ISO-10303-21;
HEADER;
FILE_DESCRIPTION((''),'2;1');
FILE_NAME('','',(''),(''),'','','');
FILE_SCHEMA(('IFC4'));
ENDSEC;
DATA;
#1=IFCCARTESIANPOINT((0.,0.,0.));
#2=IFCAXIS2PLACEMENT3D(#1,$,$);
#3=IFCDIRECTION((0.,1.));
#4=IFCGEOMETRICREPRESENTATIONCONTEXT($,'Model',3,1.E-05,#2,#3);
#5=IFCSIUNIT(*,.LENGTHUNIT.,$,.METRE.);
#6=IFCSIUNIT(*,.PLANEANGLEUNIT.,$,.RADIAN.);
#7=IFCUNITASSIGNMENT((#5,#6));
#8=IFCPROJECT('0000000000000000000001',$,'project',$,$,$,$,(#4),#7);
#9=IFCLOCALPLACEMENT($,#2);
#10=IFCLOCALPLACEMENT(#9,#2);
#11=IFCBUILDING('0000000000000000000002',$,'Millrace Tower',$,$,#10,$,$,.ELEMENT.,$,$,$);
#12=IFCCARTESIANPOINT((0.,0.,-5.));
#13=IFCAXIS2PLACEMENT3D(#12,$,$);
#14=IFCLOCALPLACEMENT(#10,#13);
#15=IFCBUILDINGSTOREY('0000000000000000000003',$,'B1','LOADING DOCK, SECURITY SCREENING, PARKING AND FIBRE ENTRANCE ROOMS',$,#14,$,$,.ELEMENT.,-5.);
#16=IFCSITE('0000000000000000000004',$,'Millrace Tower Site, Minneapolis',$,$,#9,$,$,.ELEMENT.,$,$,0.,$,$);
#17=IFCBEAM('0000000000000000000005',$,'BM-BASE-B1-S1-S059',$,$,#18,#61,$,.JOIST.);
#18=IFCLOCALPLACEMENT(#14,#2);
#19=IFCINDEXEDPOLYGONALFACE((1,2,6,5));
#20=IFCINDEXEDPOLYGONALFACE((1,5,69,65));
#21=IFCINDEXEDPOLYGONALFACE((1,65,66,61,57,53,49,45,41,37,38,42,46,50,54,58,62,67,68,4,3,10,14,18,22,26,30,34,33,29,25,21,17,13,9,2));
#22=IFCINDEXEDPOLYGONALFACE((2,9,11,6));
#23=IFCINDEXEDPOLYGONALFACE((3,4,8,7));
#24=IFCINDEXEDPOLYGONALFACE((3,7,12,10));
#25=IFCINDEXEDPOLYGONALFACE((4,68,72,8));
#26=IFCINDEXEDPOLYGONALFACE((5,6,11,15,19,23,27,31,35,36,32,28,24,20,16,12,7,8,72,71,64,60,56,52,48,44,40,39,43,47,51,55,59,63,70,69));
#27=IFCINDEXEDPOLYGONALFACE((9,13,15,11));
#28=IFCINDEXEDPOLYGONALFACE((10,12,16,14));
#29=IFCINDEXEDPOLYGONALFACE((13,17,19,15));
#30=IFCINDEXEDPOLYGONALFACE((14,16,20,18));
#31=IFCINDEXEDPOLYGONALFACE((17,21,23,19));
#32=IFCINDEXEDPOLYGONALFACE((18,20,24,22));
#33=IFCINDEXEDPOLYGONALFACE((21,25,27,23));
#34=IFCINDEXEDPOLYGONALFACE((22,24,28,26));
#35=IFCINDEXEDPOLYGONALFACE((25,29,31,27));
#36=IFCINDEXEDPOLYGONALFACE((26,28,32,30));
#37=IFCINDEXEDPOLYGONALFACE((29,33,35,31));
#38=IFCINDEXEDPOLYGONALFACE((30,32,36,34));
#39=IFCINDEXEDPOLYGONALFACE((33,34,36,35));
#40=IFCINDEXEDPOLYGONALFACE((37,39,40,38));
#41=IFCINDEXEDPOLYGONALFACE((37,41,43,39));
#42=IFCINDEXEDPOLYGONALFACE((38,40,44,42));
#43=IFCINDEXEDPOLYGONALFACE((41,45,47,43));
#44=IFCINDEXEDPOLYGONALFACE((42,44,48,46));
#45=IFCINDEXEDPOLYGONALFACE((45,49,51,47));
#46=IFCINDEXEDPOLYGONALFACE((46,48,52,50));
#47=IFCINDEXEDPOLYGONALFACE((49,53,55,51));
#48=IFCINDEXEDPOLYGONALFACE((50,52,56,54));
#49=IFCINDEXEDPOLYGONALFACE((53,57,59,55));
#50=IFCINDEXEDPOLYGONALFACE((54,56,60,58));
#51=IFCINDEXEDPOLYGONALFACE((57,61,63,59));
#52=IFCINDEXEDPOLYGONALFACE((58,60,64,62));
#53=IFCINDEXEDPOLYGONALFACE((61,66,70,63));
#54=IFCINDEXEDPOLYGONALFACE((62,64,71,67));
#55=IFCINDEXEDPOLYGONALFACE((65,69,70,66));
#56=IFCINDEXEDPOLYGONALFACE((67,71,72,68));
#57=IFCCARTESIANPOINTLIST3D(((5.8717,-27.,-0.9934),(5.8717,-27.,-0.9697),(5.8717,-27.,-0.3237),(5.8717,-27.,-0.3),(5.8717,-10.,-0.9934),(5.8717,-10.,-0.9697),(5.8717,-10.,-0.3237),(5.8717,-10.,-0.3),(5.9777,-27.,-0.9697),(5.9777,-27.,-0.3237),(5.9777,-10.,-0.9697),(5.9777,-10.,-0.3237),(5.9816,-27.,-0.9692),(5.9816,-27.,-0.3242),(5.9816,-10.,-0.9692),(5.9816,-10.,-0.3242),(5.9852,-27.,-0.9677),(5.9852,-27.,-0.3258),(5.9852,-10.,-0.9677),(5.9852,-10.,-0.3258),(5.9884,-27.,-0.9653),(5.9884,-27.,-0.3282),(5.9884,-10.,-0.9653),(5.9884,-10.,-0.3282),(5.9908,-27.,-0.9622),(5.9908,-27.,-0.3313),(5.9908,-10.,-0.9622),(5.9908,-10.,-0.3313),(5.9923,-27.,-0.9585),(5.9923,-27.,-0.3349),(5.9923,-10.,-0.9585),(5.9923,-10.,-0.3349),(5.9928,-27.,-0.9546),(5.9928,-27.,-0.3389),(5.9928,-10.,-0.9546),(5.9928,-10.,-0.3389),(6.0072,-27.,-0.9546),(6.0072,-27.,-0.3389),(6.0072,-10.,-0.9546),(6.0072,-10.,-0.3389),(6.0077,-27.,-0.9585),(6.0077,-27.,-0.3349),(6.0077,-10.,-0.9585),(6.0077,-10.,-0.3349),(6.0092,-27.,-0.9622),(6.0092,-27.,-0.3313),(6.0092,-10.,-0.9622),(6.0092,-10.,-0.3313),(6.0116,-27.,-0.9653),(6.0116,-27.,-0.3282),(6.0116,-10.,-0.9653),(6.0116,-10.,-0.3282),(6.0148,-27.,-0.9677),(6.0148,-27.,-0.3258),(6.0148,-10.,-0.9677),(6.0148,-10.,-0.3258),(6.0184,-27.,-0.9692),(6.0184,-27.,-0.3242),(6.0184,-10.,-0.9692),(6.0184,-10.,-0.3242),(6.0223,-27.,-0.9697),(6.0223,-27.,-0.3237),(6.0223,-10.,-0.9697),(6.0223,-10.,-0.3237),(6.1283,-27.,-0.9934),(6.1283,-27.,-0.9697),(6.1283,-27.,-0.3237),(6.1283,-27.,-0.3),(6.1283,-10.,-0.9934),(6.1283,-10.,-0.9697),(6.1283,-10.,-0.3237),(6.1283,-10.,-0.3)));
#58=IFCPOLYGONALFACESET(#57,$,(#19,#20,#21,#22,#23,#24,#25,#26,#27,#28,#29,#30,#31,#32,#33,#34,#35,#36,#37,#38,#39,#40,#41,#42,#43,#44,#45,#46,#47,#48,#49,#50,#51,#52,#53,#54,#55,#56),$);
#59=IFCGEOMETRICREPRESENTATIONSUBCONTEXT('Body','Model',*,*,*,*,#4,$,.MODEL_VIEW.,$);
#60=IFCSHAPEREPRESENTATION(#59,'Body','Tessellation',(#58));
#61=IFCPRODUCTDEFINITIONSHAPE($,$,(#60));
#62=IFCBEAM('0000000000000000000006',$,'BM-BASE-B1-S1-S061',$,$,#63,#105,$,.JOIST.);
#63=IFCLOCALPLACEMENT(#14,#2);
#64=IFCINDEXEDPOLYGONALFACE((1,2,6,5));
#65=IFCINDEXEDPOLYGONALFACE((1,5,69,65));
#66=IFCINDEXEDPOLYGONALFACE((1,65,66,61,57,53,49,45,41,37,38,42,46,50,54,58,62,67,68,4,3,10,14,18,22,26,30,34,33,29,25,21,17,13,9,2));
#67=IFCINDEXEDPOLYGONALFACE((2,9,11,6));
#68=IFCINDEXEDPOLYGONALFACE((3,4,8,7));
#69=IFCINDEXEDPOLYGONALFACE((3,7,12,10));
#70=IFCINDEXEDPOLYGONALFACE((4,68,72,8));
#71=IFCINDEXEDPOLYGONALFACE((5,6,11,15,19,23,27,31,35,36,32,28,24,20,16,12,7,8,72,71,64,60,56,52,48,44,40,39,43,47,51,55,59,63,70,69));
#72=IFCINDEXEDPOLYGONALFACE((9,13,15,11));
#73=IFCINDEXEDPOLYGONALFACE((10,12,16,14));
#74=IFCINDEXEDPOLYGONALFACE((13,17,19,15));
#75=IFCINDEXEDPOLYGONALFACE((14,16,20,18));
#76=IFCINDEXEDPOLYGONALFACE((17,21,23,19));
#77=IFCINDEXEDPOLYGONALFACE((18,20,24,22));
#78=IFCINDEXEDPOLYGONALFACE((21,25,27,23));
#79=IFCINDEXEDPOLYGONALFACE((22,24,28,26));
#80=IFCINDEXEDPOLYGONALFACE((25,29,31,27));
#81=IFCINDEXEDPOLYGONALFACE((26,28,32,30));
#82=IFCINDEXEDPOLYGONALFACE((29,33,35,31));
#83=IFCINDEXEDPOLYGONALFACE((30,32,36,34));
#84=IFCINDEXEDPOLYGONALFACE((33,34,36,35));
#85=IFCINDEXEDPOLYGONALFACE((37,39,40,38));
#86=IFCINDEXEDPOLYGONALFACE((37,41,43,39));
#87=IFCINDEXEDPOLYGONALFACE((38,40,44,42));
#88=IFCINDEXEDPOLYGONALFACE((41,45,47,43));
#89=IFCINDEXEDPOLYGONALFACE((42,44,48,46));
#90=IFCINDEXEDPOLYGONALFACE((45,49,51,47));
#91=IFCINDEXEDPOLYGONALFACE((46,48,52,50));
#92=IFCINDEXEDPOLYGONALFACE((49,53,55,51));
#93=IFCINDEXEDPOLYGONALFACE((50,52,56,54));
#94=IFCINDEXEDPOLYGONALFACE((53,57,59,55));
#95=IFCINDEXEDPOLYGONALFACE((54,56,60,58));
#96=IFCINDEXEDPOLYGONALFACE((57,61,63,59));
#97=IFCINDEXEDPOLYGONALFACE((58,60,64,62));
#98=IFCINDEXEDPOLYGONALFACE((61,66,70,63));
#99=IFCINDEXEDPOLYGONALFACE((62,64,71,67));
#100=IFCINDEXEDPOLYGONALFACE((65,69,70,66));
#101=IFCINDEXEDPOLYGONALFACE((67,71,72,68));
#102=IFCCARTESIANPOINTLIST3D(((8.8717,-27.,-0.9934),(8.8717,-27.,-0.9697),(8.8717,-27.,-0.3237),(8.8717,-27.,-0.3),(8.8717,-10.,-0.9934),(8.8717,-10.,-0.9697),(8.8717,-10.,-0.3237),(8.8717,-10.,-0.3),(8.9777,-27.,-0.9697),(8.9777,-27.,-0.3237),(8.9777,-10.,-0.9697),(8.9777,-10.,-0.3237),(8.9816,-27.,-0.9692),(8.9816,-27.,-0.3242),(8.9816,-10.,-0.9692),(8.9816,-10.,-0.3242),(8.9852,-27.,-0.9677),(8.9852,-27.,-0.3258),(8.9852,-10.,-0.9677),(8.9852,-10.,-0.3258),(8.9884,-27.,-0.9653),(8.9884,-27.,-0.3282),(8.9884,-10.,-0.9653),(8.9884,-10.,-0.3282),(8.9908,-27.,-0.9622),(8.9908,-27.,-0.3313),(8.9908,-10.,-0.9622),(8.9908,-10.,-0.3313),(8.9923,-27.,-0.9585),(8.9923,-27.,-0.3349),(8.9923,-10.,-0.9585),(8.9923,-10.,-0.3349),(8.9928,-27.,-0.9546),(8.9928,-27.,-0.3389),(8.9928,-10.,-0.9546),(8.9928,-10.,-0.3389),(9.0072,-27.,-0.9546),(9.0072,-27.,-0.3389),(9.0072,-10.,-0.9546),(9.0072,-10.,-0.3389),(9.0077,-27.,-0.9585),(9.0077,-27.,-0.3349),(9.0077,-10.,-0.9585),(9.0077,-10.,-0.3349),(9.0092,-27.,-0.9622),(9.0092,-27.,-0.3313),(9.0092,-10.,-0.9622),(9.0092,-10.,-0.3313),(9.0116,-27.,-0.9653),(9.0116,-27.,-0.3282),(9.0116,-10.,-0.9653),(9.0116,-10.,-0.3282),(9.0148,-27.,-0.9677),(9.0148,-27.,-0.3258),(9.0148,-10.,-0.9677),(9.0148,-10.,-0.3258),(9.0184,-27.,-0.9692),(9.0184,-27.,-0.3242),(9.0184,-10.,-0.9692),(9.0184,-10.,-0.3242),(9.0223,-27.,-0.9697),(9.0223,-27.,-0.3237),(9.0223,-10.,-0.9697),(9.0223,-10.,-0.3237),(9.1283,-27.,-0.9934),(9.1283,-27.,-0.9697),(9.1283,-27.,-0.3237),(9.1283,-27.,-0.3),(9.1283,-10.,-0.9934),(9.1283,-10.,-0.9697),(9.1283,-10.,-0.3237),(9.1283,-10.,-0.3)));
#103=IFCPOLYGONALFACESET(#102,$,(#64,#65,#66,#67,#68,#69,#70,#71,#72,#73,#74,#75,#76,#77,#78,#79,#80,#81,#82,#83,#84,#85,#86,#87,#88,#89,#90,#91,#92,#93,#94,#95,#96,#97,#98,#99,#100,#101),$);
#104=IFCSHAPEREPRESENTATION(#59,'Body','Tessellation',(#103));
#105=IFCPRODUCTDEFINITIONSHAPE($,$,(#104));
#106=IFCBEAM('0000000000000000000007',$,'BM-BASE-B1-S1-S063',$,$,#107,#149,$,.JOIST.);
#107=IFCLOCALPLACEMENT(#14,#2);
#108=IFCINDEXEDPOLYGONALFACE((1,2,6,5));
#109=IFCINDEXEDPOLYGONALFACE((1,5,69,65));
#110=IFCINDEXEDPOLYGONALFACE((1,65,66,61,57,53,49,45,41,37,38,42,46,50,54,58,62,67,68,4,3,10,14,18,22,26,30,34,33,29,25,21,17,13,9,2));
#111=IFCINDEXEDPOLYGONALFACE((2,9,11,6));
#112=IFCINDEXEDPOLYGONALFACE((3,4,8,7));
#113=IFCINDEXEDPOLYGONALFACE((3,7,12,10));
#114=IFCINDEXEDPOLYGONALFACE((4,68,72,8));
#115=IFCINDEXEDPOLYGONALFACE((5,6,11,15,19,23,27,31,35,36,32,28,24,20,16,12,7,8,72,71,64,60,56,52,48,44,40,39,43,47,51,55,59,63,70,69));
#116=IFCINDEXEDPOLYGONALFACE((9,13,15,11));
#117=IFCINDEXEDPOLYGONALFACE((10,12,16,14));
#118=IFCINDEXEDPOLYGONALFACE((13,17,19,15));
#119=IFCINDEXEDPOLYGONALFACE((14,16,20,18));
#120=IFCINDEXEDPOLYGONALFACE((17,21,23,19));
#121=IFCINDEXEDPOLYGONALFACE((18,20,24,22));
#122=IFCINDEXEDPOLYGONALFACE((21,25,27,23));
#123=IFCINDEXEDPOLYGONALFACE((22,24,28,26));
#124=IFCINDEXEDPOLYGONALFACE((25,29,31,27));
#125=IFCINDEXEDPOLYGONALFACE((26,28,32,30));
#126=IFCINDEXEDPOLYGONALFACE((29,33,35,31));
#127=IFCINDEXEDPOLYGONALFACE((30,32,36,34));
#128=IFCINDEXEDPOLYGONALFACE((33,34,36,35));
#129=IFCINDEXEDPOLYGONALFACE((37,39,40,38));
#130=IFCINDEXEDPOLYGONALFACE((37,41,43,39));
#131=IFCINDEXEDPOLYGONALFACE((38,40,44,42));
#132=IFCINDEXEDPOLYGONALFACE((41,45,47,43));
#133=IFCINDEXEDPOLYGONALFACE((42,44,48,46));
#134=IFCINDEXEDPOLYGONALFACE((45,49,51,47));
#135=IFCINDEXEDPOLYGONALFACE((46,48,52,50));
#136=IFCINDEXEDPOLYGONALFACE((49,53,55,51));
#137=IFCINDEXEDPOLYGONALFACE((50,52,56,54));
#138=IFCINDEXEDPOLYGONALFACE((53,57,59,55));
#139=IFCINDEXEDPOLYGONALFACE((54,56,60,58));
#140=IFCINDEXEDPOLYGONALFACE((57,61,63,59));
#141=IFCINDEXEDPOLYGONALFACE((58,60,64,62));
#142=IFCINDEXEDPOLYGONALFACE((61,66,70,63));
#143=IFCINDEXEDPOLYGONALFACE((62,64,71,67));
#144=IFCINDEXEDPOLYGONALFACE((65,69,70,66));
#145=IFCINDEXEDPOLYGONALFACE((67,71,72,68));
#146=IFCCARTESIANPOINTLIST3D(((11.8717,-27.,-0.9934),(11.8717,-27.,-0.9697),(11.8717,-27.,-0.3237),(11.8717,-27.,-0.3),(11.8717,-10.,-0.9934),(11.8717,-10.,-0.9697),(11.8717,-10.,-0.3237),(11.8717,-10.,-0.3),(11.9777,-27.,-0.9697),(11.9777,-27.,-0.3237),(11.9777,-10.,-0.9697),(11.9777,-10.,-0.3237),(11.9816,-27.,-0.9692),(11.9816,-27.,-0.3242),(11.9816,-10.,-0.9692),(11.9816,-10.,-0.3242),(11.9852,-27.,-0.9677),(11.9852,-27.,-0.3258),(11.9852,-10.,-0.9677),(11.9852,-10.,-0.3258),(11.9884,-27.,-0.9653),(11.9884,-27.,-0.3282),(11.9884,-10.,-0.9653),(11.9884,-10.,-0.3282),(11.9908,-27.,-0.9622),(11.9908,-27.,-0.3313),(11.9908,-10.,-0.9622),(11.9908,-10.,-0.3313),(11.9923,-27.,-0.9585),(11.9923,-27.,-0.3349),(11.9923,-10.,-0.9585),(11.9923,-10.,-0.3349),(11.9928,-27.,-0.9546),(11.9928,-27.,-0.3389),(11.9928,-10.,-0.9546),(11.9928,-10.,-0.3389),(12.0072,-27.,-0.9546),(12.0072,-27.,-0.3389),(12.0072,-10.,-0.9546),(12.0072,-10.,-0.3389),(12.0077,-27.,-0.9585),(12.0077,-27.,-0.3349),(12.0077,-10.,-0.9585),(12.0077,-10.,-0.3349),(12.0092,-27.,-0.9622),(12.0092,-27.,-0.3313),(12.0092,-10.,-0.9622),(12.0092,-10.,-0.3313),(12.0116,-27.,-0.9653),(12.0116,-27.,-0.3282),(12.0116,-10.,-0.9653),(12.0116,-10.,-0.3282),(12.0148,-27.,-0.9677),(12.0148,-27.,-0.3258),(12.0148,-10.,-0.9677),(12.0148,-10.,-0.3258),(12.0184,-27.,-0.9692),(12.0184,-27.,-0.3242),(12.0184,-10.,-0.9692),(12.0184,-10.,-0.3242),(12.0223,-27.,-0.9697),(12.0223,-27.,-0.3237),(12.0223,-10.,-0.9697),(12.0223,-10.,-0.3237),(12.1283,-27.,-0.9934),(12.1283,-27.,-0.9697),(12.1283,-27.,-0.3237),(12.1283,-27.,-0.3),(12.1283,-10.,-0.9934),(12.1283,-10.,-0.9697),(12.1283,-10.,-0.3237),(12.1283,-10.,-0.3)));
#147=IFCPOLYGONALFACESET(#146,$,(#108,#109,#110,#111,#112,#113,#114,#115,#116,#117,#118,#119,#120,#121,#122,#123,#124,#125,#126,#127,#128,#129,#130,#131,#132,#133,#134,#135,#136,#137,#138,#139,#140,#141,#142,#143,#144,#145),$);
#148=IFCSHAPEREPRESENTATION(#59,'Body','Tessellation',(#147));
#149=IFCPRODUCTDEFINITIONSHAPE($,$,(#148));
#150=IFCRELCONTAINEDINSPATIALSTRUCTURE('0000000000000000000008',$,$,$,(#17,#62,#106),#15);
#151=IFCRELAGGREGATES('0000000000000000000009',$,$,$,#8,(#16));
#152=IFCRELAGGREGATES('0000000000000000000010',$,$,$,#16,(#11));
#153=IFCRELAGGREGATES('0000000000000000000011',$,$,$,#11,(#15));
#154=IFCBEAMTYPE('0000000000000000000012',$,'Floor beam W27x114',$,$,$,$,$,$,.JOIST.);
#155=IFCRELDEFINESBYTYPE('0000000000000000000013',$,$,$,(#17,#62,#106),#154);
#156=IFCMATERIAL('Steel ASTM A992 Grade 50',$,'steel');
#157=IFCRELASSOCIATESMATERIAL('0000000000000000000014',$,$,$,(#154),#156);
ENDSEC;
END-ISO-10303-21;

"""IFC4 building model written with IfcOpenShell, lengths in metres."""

from ifc_helpers import new_model, si_unit, direction, frame, origin, origin_2d, place, context, subcontext, project, spatial, i_section, extrude, material, material_profile, profile_set, type_object, element, save


model = new_model("IFC4")

# Units and contexts
model_context = context("Model", 3, precision=1e-05, world=origin(), true_north=direction((0.0, 1.0)))
body_context = subcontext(model_context, "Body", "Model", "MODEL_VIEW")
ifc_project = project(units=[si_unit("LENGTHUNIT", "METRE"), si_unit("PLANEANGLEUNIT", "RADIAN")], contexts=[model_context])

# Site, building, storey
site_placement = place(None, origin())
site = spatial("IfcSite", under=ifc_project, at=site_placement, Name="Millrace Tower Site, Minneapolis", CompositionType="ELEMENT", RefElevation=0.0)
building_placement = place(site_placement, origin())
building = spatial("IfcBuilding", under=site, at=building_placement, Name="Millrace Tower", CompositionType="ELEMENT")
storey_placement = place(building_placement, frame((0.0, 0.0, -5.0)))
storey = spatial("IfcBuildingStorey", under=building, at=storey_placement, Name="B1", Description="LOADING DOCK, SECURITY SCREENING, PARKING AND FIBRE ENTRANCE ROOMS", CompositionType="ELEMENT", Elevation=-5.0)

# Beams
ifc_material_1 = material(Name="Steel ASTM A992 Grade 50", Category="steel")
ifc_material_profile_1 = material_profile(ifc_material_1, i_section(OverallWidth=0.2566, OverallDepth=0.6934, WebThickness=0.0144, FlangeThickness=0.0237, FilletRadius=0.0151, at=origin_2d()))
ifc_profile_set_1 = profile_set([ifc_material_profile_1], Name="Steel ASTM A992 Grade 50")
beam_type = type_object("IfcBeamType", Name="Floor beam W27x114", PredefinedType="JOIST", material=ifc_profile_set_1)
for number, where, z_axis, x_axis, name in (
    (1, (6.0, -27.0, -0.6467), (0.0, 1.0, 0.0), (-1.0, 0.0, 0.0), "BM-BASE-B1-S1-S059"),
    (2, (9.0, -27.0, -0.6467), (0.0, 1.0, 0.0), (-1.0, 0.0, 0.0), "BM-BASE-B1-S1-S061"),
    (3, (12.0, -27.0, -0.6467), (0.0, 1.0, 0.0), (-1.0, 0.0, 0.0), "BM-BASE-B1-S1-S063"),
):
    element("IfcBeam", number, at=place(storey_placement, frame(where, z_axis=z_axis, x_axis=x_axis)), inside=storey, type_object=beam_type, Name=name, PredefinedType="JOIST", context=body_context, shape_type="SweptSolid", body=[
        extrude(i_section(OverallWidth=0.2566, OverallDepth=0.6934, WebThickness=0.0144, FlangeThickness=0.0237, FilletRadius=0.0151, at=origin_2d()), origin(), (0.0, 0.0, 1.0), 17.0),
    ])

save(model, "model.ifc")
